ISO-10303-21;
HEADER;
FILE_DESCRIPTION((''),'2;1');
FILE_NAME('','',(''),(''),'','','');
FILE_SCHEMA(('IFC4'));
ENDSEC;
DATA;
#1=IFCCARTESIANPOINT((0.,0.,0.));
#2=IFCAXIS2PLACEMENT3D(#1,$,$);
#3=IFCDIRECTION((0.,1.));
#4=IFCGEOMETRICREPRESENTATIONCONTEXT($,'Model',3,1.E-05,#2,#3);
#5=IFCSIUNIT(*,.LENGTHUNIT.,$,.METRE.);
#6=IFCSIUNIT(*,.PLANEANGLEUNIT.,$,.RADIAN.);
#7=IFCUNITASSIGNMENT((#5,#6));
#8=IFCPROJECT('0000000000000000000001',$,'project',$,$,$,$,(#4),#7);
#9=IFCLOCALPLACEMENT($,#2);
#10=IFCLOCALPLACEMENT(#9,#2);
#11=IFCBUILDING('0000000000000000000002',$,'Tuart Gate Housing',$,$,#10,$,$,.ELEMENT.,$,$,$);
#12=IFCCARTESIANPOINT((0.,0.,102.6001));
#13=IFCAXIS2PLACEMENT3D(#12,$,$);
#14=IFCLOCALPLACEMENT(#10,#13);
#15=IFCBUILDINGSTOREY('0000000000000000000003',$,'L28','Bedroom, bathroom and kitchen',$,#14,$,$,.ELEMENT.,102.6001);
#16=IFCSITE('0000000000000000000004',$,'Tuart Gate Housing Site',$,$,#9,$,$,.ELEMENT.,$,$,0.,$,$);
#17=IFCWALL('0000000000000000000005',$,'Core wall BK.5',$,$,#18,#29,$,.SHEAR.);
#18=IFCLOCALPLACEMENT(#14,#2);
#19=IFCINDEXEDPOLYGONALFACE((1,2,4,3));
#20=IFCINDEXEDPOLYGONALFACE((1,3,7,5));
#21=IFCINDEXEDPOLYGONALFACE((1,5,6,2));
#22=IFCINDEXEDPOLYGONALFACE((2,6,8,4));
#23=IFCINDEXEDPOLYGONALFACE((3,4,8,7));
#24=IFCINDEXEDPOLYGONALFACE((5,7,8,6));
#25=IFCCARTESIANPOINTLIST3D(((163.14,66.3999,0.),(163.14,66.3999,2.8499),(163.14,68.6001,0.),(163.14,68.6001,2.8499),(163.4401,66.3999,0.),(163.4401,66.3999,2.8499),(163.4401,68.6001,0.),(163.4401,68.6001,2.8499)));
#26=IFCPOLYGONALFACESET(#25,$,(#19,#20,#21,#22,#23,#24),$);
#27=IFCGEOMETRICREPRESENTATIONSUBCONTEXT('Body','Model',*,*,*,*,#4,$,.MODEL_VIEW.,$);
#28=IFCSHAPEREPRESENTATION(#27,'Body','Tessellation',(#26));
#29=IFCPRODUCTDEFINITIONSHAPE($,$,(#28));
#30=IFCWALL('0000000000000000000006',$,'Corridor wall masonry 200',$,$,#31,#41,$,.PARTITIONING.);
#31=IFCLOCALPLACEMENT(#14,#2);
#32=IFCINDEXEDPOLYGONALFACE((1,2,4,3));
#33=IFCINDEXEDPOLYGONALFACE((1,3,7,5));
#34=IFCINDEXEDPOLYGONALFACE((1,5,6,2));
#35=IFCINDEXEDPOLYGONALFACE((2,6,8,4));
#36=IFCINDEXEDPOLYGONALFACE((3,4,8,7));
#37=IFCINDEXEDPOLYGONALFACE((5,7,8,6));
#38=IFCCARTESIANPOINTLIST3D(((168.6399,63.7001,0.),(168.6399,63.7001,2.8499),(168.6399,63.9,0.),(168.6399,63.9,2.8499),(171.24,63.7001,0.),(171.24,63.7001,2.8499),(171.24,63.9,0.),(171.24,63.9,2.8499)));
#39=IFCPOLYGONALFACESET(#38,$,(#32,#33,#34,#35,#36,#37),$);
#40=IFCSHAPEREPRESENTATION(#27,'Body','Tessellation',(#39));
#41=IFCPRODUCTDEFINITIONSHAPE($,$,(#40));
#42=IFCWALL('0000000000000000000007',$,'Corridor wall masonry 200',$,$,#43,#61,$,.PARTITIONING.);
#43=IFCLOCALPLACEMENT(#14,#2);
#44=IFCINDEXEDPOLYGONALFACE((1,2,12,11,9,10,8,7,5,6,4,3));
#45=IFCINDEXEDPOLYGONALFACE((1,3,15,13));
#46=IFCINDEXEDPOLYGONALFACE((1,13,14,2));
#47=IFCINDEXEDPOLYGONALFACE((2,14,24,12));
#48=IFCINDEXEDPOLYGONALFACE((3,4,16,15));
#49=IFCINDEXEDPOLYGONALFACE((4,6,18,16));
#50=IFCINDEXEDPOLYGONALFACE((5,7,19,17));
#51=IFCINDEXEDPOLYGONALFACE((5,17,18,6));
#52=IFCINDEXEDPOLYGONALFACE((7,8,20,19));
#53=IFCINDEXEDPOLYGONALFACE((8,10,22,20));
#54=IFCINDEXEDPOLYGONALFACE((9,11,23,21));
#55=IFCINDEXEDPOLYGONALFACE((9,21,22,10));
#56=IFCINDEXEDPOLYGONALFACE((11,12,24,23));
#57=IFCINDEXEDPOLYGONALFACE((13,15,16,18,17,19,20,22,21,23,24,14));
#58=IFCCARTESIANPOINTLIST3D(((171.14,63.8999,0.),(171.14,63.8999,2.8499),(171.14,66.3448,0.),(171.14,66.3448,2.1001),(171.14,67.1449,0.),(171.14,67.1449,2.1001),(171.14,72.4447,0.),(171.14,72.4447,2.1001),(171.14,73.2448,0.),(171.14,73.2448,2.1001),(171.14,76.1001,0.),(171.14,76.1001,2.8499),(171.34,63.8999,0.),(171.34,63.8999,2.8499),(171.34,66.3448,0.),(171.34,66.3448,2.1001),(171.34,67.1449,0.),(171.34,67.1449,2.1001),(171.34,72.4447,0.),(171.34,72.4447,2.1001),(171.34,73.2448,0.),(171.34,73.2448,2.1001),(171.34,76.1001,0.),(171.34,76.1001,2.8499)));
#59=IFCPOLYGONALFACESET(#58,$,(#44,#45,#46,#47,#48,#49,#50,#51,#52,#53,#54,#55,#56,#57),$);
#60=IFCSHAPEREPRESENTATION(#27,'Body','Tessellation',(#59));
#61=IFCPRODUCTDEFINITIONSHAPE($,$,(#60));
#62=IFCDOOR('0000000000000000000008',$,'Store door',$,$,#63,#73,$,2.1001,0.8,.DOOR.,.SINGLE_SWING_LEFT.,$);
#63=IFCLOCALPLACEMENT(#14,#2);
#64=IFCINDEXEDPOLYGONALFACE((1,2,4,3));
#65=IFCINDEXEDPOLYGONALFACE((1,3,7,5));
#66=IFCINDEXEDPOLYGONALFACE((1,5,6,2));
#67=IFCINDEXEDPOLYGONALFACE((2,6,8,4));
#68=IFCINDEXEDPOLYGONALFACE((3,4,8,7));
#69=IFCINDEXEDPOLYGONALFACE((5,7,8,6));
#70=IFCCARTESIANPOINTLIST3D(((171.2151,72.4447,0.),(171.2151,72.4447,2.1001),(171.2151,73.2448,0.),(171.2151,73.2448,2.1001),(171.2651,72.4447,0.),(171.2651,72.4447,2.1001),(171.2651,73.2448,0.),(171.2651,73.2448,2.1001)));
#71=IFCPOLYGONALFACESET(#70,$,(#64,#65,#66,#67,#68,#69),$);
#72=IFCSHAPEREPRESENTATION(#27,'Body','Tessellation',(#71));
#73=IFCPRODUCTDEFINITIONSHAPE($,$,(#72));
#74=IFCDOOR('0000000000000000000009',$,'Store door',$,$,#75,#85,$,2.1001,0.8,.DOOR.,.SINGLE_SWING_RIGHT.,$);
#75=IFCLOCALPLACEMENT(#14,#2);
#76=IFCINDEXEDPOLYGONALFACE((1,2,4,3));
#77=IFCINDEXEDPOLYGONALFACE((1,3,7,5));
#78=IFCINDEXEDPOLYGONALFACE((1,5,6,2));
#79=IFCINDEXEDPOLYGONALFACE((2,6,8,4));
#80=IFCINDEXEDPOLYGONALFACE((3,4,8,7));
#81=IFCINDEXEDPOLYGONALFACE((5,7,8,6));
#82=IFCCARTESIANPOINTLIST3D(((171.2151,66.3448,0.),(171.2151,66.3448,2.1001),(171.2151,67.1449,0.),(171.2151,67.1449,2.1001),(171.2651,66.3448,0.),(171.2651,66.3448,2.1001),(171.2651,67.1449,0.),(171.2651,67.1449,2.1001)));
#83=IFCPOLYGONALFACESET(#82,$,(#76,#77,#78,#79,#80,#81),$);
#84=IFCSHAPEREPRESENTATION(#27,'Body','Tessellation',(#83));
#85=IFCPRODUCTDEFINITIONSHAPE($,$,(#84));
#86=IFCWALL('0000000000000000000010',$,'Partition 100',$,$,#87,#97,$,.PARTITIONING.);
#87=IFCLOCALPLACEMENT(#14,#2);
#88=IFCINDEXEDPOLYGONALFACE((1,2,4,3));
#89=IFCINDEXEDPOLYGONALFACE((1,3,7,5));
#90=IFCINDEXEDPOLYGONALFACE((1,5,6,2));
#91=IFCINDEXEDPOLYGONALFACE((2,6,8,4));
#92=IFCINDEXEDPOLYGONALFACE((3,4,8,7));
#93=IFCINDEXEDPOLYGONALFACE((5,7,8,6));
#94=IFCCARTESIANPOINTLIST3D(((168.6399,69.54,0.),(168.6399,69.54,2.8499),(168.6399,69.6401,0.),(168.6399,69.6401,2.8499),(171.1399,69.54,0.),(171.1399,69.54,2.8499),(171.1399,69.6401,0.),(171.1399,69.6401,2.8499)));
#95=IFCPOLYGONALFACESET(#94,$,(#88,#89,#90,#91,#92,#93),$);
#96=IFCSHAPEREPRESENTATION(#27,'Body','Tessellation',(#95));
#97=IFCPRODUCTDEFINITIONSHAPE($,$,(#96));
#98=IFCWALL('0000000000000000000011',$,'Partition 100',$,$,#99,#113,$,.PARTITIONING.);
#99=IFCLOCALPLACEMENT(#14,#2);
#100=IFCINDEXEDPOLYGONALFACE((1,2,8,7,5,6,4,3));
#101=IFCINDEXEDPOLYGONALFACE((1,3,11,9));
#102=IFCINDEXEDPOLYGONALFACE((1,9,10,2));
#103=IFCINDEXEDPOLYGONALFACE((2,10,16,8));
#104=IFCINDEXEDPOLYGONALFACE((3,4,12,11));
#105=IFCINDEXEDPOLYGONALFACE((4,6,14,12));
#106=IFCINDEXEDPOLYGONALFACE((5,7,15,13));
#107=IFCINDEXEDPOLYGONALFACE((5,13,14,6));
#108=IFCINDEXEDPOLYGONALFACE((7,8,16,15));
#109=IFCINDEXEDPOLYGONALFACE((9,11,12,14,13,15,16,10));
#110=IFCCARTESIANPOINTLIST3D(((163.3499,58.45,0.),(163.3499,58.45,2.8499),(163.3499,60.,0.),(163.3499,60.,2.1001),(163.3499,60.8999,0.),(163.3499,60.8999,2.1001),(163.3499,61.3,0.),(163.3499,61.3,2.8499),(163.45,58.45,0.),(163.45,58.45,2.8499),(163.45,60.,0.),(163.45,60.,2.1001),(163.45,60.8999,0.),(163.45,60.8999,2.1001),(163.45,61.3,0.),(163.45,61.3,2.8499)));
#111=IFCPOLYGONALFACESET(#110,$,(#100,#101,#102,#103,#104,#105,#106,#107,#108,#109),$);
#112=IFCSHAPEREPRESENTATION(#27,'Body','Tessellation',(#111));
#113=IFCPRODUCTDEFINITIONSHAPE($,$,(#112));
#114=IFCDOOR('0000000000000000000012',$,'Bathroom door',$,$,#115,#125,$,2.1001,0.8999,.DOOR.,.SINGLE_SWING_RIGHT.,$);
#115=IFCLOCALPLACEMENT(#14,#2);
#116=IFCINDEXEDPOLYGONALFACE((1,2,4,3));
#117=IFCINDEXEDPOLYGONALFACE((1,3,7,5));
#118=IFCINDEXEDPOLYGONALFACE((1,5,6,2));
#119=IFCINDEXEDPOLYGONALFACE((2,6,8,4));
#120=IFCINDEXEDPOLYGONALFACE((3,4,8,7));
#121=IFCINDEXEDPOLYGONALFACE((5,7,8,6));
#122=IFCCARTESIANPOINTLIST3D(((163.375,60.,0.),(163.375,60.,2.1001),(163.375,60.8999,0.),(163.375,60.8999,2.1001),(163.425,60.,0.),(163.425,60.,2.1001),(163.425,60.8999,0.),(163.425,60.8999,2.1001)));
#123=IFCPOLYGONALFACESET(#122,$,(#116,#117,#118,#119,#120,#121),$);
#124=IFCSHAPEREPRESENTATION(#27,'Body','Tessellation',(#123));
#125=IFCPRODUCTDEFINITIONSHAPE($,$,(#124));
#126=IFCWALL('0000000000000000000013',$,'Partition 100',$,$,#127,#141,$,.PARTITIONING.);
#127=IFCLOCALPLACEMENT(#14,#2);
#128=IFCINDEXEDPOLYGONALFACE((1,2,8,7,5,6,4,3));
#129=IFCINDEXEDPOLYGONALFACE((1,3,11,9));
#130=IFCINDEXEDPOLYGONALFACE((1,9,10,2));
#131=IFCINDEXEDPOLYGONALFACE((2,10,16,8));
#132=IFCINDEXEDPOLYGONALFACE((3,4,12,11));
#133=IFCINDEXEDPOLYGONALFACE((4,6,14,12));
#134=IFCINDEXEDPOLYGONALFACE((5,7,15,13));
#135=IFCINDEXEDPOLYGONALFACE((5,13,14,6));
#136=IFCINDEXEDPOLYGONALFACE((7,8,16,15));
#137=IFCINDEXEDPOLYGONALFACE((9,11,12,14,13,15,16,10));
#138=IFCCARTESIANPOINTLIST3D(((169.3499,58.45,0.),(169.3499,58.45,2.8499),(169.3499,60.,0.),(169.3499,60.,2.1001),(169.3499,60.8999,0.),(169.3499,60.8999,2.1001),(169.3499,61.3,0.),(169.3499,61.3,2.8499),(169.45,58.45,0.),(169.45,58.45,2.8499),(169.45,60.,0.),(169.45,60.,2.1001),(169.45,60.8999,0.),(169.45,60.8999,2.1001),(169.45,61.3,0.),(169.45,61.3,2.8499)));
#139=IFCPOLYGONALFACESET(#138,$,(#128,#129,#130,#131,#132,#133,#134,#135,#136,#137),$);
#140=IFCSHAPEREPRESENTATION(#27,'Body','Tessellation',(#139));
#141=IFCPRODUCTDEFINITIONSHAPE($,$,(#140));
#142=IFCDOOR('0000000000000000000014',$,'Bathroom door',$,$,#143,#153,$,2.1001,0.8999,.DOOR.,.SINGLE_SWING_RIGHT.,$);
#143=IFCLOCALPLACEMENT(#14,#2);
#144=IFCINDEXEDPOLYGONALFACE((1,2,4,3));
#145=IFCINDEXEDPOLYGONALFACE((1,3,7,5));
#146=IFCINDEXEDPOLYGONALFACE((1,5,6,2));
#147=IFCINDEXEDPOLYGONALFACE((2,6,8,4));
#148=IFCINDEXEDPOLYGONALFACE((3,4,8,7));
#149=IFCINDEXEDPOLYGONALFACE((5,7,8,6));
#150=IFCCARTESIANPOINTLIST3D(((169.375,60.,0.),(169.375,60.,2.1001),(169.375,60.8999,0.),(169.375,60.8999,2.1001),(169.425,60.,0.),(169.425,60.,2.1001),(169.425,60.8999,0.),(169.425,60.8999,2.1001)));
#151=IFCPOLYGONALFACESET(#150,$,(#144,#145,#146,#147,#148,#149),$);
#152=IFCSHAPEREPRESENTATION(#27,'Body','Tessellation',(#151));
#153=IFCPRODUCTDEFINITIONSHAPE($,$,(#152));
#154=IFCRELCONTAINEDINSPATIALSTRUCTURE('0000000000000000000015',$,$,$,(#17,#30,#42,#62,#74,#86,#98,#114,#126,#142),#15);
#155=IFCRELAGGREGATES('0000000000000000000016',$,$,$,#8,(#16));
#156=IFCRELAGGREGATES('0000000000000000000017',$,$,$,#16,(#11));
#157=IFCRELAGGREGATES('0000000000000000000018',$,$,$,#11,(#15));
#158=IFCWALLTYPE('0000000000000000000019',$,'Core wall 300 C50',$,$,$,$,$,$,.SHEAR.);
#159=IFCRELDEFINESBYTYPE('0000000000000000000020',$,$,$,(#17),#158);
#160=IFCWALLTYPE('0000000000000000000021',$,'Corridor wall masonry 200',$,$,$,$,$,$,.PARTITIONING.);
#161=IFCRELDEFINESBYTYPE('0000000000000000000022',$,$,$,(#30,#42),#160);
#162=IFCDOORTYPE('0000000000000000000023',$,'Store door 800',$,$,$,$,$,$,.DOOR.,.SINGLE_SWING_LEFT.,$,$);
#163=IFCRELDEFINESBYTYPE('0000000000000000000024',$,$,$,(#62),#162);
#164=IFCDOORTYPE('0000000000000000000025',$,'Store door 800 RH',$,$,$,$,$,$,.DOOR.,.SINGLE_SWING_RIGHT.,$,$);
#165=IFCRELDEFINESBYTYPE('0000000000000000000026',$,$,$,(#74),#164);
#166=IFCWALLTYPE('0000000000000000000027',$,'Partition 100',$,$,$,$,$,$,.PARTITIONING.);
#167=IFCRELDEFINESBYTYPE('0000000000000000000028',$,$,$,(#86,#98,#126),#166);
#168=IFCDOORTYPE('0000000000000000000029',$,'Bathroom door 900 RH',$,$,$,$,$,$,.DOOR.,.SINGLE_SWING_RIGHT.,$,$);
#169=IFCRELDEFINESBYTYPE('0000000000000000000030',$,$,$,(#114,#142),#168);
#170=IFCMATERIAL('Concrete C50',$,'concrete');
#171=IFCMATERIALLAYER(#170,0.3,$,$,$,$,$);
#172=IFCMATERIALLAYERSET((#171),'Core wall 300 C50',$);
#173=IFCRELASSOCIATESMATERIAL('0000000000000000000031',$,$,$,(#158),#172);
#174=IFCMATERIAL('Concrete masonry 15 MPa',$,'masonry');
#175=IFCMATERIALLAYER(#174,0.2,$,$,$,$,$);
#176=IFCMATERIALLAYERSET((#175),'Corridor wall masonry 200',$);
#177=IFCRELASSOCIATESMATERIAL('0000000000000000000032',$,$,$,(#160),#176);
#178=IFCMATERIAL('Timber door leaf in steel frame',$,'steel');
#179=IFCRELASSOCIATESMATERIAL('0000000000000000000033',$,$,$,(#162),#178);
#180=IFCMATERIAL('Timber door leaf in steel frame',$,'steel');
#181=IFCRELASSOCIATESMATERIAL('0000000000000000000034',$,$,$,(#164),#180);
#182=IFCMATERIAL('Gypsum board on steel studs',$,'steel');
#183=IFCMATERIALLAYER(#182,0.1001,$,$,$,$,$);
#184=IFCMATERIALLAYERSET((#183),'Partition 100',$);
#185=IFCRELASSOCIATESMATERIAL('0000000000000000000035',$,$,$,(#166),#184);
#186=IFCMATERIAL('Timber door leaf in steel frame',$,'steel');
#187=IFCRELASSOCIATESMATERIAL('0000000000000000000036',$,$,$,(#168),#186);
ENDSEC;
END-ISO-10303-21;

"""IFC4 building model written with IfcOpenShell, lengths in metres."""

from ifc_helpers import new_model, si_unit, direction, frame, frame_2d, origin, place, context, subcontext, project, spatial, rectangle, extrude, material, layer, layer_set, type_object, element, fill, save


model = new_model("IFC4")

# Units and contexts
model_context = context("Model", 3, precision=1e-05, world=origin(), true_north=direction((0.0, 1.0)))
body_context = subcontext(model_context, "Body", "Model", "MODEL_VIEW")
ifc_project = project(units=[si_unit("LENGTHUNIT", "METRE"), si_unit("PLANEANGLEUNIT", "RADIAN")], contexts=[model_context])

# Site, building, storey
site_placement = place(None, origin())
site = spatial("IfcSite", under=ifc_project, at=site_placement, Name="Tuart Gate Housing Site", CompositionType="ELEMENT", RefElevation=0.0)
building_placement = place(site_placement, origin())
building = spatial("IfcBuilding", under=site, at=building_placement, Name="Tuart Gate Housing", CompositionType="ELEMENT")
storey_placement = place(building_placement, frame((0.0, 0.0, 102.6001)))
storey = spatial("IfcBuildingStorey", under=building, at=storey_placement, Name="L28", Description="Bedroom, bathroom and kitchen", CompositionType="ELEMENT", Elevation=102.6001)

# Walls
ifc_material_1 = material(Name="Concrete C50", Category="concrete")
ifc_layer_1 = layer(ifc_material_1, 0.3)
ifc_layer_set_1 = layer_set([ifc_layer_1], Name="Core wall 300 C50")
wall_type_1 = type_object("IfcWallType", Name="Core wall 300 C50", PredefinedType="SHEAR", material=ifc_layer_set_1)
wall_1_placement = place(storey_placement, frame((163.29, 68.6001, 0.0), z_axis=(0.0, 0.0, 1.0), x_axis=(0.0, -1.0, 0.0)))
element("IfcWall", 1, at=wall_1_placement, inside=storey, type_object=wall_type_1, Name="Core wall BK.5", PredefinedType="SHEAR", context=body_context, shape_type="SweptSolid", body=[
    extrude(rectangle(XDim=2.2002, YDim=0.3, at=frame_2d((1.1001, 0.0))), origin(), (0.0, 0.0, 1.0), 2.8499),
])
ifc_material_2 = material(Name="Concrete masonry 15 MPa", Category="masonry")
ifc_layer_2 = layer(ifc_material_2, 0.2)
ifc_layer_set_2 = layer_set([ifc_layer_2], Name="Corridor wall masonry 200")
wall_type_2 = type_object("IfcWallType", Name="Corridor wall masonry 200", PredefinedType="PARTITIONING", material=ifc_layer_set_2)
wall_2_placement = place(storey_placement, frame((168.6399, 63.8, 0.0), z_axis=(0.0, 0.0, 1.0), x_axis=(1.0, 0.0, 0.0)))
element("IfcWall", 2, at=wall_2_placement, inside=storey, type_object=wall_type_2, Name="Corridor wall masonry 200", PredefinedType="PARTITIONING", context=body_context, shape_type="SweptSolid", body=[
    extrude(rectangle(XDim=2.6001, YDim=0.2, at=frame_2d((1.3, 0.0))), origin(), (0.0, 0.0, 1.0), 2.8499),
])

# Wall, openings, doors
wall_3_placement = place(storey_placement, frame((171.24, 63.8999, 0.0), z_axis=(0.0, 0.0, 1.0), x_axis=(0.0, 1.0, 0.0)))
wall_3 = element("IfcWall", 3, at=wall_3_placement, inside=storey, type_object=wall_type_2, Name="Corridor wall masonry 200", PredefinedType="PARTITIONING", context=body_context, shape_type="SweptSolid", body=[
    extrude(rectangle(XDim=12.2002, YDim=0.2, at=frame_2d((6.1001, 0.0))), origin(), (0.0, 0.0, 1.0), 2.8499),
])
opening_1_placement = place(wall_3_placement, frame((2.4451, 0.0, 0.0)))
opening_1 = element("IfcOpeningElement", 4, at=opening_1_placement, cuts=wall_3, PredefinedType="OPENING", context=body_context, shape_type="SweptSolid", body=[
    extrude(rectangle(XDim=0.8, YDim=2.1001, at=frame_2d((0.3999, 1.05))), frame((0.0, 0.1099, 0.0), z_axis=(0.0, -1.0, 0.0), x_axis=(1.0, 0.0, 0.0)), (0.0, 0.0, 1.0), 0.22),
])
opening_2_placement = place(wall_3_placement, frame((8.5449, 0.0, 0.0)))
opening_2 = element("IfcOpeningElement", 5, at=opening_2_placement, cuts=wall_3, PredefinedType="OPENING", context=body_context, shape_type="SweptSolid", body=[
    extrude(rectangle(XDim=0.8, YDim=2.1001, at=frame_2d((0.3999, 1.05))), frame((0.0, 0.1099, 0.0), z_axis=(0.0, -1.0, 0.0), x_axis=(1.0, 0.0, 0.0)), (0.0, 0.0, 1.0), 0.22),
])
ifc_material_3 = material(Name="Timber door leaf in steel frame", Category="steel")
door_type_1 = type_object("IfcDoorType", Name="Store door 800", OperationType="SINGLE_SWING_LEFT", PredefinedType="DOOR", material=ifc_material_3)
door_1_placement = place(opening_2_placement, origin())
door_1 = element("IfcDoor", 6, at=door_1_placement, inside=storey, type_object=door_type_1, Name="Store door", OperationType="SINGLE_SWING_LEFT", OverallHeight=2.1001, OverallWidth=0.8, PredefinedType="DOOR", context=body_context, shape_type="SweptSolid", body=[
    extrude(rectangle(XDim=0.8, YDim=2.1001, at=frame_2d((0.3999, 1.05))), frame((0.0, 0.0249, 0.0), z_axis=(0.0, -1.0, 0.0), x_axis=(1.0, 0.0, 0.0)), (0.0, 0.0, 1.0), 0.05),
])
fill(opening_2, door_1)
ifc_material_4 = material(Name="Timber door leaf in steel frame", Category="steel")
door_type_2 = type_object("IfcDoorType", Name="Store door 800 RH", OperationType="SINGLE_SWING_RIGHT", PredefinedType="DOOR", material=ifc_material_4)
door_2_placement = place(opening_1_placement, origin())
door_2 = element("IfcDoor", 7, at=door_2_placement, inside=storey, type_object=door_type_2, Name="Store door", OperationType="SINGLE_SWING_RIGHT", OverallHeight=2.1001, OverallWidth=0.8, PredefinedType="DOOR", context=body_context, shape_type="SweptSolid", body=[
    extrude(rectangle(XDim=0.8, YDim=2.1001, at=frame_2d((0.3999, 1.05))), frame((0.0, 0.0249, 0.0), z_axis=(0.0, -1.0, 0.0), x_axis=(1.0, 0.0, 0.0)), (0.0, 0.0, 1.0), 0.05),
])
fill(opening_1, door_2)

# Wall
ifc_material_5 = material(Name="Gypsum board on steel studs", Category="steel")
ifc_layer_3 = layer(ifc_material_5, 0.1001)
ifc_layer_set_3 = layer_set([ifc_layer_3], Name="Partition 100")
wall_type_3 = type_object("IfcWallType", Name="Partition 100", PredefinedType="PARTITIONING", material=ifc_layer_set_3)
wall_4_placement = place(storey_placement, frame((168.6399, 69.5901, 0.0), z_axis=(0.0, 0.0, 1.0), x_axis=(1.0, 0.0, 0.0)))
element("IfcWall", 8, at=wall_4_placement, inside=storey, type_object=wall_type_3, Name="Partition 100", PredefinedType="PARTITIONING", context=body_context, shape_type="SweptSolid", body=[
    extrude(rectangle(XDim=2.5, YDim=0.1001, at=frame_2d((1.25, 0.0))), origin(), (0.0, 0.0, 1.0), 2.8499),
])

# Walls, openings, doors
wall_5_placement = place(storey_placement, frame((163.3999, 58.45, 0.0), z_axis=(0.0, 0.0, 1.0), x_axis=(0.0, 1.0, 0.0)))
wall_5 = element("IfcWall", 9, at=wall_5_placement, inside=storey, type_object=wall_type_3, Name="Partition 100", PredefinedType="PARTITIONING", context=body_context, shape_type="SweptSolid", body=[
    extrude(rectangle(XDim=2.8501, YDim=0.1001, at=frame_2d((1.425, 0.0))), origin(), (0.0, 0.0, 1.0), 2.8499),
])
opening_3_placement = place(wall_5_placement, frame((1.55, 0.0, 0.0)))
opening_3 = element("IfcOpeningElement", 10, at=opening_3_placement, cuts=wall_5, PredefinedType="OPENING", context=body_context, shape_type="SweptSolid", body=[
    extrude(rectangle(XDim=0.8999, YDim=2.1001, at=frame_2d((0.45, 1.05))), frame((0.0, 0.0601, 0.0), z_axis=(0.0, -1.0, 0.0), x_axis=(1.0, 0.0, 0.0)), (0.0, 0.0, 1.0), 0.1201),
])
ifc_material_6 = material(Name="Timber door leaf in steel frame", Category="steel")
door_type_3 = type_object("IfcDoorType", Name="Bathroom door 900 RH", OperationType="SINGLE_SWING_RIGHT", PredefinedType="DOOR", material=ifc_material_6)
door_3_placement = place(opening_3_placement, origin())
door_3 = element("IfcDoor", 11, at=door_3_placement, inside=storey, type_object=door_type_3, Name="Bathroom door", OperationType="SINGLE_SWING_RIGHT", OverallHeight=2.1001, OverallWidth=0.8999, PredefinedType="DOOR", context=body_context, shape_type="SweptSolid", body=[
    extrude(rectangle(XDim=0.8999, YDim=2.1001, at=frame_2d((0.45, 1.05))), frame((0.0, 0.0249, 0.0), z_axis=(0.0, -1.0, 0.0), x_axis=(1.0, 0.0, 0.0)), (0.0, 0.0, 1.0), 0.05),
])
fill(opening_3, door_3)
wall_6_placement = place(storey_placement, frame((169.3999, 58.45, 0.0), z_axis=(0.0, 0.0, 1.0), x_axis=(0.0, 1.0, 0.0)))
wall_6 = element("IfcWall", 12, at=wall_6_placement, inside=storey, type_object=wall_type_3, Name="Partition 100", PredefinedType="PARTITIONING", context=body_context, shape_type="SweptSolid", body=[
    extrude(rectangle(XDim=2.8501, YDim=0.1001, at=frame_2d((1.425, 0.0))), origin(), (0.0, 0.0, 1.0), 2.8499),
])
opening_4_placement = place(wall_6_placement, frame((1.55, 0.0, 0.0)))
opening_4 = element("IfcOpeningElement", 13, at=opening_4_placement, cuts=wall_6, PredefinedType="OPENING", context=body_context, shape_type="SweptSolid", body=[
    extrude(rectangle(XDim=0.8999, YDim=2.1001, at=frame_2d((0.45, 1.05))), frame((0.0, 0.0601, 0.0), z_axis=(0.0, -1.0, 0.0), x_axis=(1.0, 0.0, 0.0)), (0.0, 0.0, 1.0), 0.1201),
])
door_4_placement = place(opening_4_placement, origin())
door_4 = element("IfcDoor", 14, at=door_4_placement, inside=storey, type_object=door_type_3, Name="Bathroom door", OperationType="SINGLE_SWING_RIGHT", OverallHeight=2.1001, OverallWidth=0.8999, PredefinedType="DOOR", context=body_context, shape_type="SweptSolid", body=[
    extrude(rectangle(XDim=0.8999, YDim=2.1001, at=frame_2d((0.45, 1.05))), frame((0.0, 0.0249, 0.0), z_axis=(0.0, -1.0, 0.0), x_axis=(1.0, 0.0, 0.0)), (0.0, 0.0, 1.0), 0.05),
])
fill(opening_4, door_4)

save(model, "model.ifc")
